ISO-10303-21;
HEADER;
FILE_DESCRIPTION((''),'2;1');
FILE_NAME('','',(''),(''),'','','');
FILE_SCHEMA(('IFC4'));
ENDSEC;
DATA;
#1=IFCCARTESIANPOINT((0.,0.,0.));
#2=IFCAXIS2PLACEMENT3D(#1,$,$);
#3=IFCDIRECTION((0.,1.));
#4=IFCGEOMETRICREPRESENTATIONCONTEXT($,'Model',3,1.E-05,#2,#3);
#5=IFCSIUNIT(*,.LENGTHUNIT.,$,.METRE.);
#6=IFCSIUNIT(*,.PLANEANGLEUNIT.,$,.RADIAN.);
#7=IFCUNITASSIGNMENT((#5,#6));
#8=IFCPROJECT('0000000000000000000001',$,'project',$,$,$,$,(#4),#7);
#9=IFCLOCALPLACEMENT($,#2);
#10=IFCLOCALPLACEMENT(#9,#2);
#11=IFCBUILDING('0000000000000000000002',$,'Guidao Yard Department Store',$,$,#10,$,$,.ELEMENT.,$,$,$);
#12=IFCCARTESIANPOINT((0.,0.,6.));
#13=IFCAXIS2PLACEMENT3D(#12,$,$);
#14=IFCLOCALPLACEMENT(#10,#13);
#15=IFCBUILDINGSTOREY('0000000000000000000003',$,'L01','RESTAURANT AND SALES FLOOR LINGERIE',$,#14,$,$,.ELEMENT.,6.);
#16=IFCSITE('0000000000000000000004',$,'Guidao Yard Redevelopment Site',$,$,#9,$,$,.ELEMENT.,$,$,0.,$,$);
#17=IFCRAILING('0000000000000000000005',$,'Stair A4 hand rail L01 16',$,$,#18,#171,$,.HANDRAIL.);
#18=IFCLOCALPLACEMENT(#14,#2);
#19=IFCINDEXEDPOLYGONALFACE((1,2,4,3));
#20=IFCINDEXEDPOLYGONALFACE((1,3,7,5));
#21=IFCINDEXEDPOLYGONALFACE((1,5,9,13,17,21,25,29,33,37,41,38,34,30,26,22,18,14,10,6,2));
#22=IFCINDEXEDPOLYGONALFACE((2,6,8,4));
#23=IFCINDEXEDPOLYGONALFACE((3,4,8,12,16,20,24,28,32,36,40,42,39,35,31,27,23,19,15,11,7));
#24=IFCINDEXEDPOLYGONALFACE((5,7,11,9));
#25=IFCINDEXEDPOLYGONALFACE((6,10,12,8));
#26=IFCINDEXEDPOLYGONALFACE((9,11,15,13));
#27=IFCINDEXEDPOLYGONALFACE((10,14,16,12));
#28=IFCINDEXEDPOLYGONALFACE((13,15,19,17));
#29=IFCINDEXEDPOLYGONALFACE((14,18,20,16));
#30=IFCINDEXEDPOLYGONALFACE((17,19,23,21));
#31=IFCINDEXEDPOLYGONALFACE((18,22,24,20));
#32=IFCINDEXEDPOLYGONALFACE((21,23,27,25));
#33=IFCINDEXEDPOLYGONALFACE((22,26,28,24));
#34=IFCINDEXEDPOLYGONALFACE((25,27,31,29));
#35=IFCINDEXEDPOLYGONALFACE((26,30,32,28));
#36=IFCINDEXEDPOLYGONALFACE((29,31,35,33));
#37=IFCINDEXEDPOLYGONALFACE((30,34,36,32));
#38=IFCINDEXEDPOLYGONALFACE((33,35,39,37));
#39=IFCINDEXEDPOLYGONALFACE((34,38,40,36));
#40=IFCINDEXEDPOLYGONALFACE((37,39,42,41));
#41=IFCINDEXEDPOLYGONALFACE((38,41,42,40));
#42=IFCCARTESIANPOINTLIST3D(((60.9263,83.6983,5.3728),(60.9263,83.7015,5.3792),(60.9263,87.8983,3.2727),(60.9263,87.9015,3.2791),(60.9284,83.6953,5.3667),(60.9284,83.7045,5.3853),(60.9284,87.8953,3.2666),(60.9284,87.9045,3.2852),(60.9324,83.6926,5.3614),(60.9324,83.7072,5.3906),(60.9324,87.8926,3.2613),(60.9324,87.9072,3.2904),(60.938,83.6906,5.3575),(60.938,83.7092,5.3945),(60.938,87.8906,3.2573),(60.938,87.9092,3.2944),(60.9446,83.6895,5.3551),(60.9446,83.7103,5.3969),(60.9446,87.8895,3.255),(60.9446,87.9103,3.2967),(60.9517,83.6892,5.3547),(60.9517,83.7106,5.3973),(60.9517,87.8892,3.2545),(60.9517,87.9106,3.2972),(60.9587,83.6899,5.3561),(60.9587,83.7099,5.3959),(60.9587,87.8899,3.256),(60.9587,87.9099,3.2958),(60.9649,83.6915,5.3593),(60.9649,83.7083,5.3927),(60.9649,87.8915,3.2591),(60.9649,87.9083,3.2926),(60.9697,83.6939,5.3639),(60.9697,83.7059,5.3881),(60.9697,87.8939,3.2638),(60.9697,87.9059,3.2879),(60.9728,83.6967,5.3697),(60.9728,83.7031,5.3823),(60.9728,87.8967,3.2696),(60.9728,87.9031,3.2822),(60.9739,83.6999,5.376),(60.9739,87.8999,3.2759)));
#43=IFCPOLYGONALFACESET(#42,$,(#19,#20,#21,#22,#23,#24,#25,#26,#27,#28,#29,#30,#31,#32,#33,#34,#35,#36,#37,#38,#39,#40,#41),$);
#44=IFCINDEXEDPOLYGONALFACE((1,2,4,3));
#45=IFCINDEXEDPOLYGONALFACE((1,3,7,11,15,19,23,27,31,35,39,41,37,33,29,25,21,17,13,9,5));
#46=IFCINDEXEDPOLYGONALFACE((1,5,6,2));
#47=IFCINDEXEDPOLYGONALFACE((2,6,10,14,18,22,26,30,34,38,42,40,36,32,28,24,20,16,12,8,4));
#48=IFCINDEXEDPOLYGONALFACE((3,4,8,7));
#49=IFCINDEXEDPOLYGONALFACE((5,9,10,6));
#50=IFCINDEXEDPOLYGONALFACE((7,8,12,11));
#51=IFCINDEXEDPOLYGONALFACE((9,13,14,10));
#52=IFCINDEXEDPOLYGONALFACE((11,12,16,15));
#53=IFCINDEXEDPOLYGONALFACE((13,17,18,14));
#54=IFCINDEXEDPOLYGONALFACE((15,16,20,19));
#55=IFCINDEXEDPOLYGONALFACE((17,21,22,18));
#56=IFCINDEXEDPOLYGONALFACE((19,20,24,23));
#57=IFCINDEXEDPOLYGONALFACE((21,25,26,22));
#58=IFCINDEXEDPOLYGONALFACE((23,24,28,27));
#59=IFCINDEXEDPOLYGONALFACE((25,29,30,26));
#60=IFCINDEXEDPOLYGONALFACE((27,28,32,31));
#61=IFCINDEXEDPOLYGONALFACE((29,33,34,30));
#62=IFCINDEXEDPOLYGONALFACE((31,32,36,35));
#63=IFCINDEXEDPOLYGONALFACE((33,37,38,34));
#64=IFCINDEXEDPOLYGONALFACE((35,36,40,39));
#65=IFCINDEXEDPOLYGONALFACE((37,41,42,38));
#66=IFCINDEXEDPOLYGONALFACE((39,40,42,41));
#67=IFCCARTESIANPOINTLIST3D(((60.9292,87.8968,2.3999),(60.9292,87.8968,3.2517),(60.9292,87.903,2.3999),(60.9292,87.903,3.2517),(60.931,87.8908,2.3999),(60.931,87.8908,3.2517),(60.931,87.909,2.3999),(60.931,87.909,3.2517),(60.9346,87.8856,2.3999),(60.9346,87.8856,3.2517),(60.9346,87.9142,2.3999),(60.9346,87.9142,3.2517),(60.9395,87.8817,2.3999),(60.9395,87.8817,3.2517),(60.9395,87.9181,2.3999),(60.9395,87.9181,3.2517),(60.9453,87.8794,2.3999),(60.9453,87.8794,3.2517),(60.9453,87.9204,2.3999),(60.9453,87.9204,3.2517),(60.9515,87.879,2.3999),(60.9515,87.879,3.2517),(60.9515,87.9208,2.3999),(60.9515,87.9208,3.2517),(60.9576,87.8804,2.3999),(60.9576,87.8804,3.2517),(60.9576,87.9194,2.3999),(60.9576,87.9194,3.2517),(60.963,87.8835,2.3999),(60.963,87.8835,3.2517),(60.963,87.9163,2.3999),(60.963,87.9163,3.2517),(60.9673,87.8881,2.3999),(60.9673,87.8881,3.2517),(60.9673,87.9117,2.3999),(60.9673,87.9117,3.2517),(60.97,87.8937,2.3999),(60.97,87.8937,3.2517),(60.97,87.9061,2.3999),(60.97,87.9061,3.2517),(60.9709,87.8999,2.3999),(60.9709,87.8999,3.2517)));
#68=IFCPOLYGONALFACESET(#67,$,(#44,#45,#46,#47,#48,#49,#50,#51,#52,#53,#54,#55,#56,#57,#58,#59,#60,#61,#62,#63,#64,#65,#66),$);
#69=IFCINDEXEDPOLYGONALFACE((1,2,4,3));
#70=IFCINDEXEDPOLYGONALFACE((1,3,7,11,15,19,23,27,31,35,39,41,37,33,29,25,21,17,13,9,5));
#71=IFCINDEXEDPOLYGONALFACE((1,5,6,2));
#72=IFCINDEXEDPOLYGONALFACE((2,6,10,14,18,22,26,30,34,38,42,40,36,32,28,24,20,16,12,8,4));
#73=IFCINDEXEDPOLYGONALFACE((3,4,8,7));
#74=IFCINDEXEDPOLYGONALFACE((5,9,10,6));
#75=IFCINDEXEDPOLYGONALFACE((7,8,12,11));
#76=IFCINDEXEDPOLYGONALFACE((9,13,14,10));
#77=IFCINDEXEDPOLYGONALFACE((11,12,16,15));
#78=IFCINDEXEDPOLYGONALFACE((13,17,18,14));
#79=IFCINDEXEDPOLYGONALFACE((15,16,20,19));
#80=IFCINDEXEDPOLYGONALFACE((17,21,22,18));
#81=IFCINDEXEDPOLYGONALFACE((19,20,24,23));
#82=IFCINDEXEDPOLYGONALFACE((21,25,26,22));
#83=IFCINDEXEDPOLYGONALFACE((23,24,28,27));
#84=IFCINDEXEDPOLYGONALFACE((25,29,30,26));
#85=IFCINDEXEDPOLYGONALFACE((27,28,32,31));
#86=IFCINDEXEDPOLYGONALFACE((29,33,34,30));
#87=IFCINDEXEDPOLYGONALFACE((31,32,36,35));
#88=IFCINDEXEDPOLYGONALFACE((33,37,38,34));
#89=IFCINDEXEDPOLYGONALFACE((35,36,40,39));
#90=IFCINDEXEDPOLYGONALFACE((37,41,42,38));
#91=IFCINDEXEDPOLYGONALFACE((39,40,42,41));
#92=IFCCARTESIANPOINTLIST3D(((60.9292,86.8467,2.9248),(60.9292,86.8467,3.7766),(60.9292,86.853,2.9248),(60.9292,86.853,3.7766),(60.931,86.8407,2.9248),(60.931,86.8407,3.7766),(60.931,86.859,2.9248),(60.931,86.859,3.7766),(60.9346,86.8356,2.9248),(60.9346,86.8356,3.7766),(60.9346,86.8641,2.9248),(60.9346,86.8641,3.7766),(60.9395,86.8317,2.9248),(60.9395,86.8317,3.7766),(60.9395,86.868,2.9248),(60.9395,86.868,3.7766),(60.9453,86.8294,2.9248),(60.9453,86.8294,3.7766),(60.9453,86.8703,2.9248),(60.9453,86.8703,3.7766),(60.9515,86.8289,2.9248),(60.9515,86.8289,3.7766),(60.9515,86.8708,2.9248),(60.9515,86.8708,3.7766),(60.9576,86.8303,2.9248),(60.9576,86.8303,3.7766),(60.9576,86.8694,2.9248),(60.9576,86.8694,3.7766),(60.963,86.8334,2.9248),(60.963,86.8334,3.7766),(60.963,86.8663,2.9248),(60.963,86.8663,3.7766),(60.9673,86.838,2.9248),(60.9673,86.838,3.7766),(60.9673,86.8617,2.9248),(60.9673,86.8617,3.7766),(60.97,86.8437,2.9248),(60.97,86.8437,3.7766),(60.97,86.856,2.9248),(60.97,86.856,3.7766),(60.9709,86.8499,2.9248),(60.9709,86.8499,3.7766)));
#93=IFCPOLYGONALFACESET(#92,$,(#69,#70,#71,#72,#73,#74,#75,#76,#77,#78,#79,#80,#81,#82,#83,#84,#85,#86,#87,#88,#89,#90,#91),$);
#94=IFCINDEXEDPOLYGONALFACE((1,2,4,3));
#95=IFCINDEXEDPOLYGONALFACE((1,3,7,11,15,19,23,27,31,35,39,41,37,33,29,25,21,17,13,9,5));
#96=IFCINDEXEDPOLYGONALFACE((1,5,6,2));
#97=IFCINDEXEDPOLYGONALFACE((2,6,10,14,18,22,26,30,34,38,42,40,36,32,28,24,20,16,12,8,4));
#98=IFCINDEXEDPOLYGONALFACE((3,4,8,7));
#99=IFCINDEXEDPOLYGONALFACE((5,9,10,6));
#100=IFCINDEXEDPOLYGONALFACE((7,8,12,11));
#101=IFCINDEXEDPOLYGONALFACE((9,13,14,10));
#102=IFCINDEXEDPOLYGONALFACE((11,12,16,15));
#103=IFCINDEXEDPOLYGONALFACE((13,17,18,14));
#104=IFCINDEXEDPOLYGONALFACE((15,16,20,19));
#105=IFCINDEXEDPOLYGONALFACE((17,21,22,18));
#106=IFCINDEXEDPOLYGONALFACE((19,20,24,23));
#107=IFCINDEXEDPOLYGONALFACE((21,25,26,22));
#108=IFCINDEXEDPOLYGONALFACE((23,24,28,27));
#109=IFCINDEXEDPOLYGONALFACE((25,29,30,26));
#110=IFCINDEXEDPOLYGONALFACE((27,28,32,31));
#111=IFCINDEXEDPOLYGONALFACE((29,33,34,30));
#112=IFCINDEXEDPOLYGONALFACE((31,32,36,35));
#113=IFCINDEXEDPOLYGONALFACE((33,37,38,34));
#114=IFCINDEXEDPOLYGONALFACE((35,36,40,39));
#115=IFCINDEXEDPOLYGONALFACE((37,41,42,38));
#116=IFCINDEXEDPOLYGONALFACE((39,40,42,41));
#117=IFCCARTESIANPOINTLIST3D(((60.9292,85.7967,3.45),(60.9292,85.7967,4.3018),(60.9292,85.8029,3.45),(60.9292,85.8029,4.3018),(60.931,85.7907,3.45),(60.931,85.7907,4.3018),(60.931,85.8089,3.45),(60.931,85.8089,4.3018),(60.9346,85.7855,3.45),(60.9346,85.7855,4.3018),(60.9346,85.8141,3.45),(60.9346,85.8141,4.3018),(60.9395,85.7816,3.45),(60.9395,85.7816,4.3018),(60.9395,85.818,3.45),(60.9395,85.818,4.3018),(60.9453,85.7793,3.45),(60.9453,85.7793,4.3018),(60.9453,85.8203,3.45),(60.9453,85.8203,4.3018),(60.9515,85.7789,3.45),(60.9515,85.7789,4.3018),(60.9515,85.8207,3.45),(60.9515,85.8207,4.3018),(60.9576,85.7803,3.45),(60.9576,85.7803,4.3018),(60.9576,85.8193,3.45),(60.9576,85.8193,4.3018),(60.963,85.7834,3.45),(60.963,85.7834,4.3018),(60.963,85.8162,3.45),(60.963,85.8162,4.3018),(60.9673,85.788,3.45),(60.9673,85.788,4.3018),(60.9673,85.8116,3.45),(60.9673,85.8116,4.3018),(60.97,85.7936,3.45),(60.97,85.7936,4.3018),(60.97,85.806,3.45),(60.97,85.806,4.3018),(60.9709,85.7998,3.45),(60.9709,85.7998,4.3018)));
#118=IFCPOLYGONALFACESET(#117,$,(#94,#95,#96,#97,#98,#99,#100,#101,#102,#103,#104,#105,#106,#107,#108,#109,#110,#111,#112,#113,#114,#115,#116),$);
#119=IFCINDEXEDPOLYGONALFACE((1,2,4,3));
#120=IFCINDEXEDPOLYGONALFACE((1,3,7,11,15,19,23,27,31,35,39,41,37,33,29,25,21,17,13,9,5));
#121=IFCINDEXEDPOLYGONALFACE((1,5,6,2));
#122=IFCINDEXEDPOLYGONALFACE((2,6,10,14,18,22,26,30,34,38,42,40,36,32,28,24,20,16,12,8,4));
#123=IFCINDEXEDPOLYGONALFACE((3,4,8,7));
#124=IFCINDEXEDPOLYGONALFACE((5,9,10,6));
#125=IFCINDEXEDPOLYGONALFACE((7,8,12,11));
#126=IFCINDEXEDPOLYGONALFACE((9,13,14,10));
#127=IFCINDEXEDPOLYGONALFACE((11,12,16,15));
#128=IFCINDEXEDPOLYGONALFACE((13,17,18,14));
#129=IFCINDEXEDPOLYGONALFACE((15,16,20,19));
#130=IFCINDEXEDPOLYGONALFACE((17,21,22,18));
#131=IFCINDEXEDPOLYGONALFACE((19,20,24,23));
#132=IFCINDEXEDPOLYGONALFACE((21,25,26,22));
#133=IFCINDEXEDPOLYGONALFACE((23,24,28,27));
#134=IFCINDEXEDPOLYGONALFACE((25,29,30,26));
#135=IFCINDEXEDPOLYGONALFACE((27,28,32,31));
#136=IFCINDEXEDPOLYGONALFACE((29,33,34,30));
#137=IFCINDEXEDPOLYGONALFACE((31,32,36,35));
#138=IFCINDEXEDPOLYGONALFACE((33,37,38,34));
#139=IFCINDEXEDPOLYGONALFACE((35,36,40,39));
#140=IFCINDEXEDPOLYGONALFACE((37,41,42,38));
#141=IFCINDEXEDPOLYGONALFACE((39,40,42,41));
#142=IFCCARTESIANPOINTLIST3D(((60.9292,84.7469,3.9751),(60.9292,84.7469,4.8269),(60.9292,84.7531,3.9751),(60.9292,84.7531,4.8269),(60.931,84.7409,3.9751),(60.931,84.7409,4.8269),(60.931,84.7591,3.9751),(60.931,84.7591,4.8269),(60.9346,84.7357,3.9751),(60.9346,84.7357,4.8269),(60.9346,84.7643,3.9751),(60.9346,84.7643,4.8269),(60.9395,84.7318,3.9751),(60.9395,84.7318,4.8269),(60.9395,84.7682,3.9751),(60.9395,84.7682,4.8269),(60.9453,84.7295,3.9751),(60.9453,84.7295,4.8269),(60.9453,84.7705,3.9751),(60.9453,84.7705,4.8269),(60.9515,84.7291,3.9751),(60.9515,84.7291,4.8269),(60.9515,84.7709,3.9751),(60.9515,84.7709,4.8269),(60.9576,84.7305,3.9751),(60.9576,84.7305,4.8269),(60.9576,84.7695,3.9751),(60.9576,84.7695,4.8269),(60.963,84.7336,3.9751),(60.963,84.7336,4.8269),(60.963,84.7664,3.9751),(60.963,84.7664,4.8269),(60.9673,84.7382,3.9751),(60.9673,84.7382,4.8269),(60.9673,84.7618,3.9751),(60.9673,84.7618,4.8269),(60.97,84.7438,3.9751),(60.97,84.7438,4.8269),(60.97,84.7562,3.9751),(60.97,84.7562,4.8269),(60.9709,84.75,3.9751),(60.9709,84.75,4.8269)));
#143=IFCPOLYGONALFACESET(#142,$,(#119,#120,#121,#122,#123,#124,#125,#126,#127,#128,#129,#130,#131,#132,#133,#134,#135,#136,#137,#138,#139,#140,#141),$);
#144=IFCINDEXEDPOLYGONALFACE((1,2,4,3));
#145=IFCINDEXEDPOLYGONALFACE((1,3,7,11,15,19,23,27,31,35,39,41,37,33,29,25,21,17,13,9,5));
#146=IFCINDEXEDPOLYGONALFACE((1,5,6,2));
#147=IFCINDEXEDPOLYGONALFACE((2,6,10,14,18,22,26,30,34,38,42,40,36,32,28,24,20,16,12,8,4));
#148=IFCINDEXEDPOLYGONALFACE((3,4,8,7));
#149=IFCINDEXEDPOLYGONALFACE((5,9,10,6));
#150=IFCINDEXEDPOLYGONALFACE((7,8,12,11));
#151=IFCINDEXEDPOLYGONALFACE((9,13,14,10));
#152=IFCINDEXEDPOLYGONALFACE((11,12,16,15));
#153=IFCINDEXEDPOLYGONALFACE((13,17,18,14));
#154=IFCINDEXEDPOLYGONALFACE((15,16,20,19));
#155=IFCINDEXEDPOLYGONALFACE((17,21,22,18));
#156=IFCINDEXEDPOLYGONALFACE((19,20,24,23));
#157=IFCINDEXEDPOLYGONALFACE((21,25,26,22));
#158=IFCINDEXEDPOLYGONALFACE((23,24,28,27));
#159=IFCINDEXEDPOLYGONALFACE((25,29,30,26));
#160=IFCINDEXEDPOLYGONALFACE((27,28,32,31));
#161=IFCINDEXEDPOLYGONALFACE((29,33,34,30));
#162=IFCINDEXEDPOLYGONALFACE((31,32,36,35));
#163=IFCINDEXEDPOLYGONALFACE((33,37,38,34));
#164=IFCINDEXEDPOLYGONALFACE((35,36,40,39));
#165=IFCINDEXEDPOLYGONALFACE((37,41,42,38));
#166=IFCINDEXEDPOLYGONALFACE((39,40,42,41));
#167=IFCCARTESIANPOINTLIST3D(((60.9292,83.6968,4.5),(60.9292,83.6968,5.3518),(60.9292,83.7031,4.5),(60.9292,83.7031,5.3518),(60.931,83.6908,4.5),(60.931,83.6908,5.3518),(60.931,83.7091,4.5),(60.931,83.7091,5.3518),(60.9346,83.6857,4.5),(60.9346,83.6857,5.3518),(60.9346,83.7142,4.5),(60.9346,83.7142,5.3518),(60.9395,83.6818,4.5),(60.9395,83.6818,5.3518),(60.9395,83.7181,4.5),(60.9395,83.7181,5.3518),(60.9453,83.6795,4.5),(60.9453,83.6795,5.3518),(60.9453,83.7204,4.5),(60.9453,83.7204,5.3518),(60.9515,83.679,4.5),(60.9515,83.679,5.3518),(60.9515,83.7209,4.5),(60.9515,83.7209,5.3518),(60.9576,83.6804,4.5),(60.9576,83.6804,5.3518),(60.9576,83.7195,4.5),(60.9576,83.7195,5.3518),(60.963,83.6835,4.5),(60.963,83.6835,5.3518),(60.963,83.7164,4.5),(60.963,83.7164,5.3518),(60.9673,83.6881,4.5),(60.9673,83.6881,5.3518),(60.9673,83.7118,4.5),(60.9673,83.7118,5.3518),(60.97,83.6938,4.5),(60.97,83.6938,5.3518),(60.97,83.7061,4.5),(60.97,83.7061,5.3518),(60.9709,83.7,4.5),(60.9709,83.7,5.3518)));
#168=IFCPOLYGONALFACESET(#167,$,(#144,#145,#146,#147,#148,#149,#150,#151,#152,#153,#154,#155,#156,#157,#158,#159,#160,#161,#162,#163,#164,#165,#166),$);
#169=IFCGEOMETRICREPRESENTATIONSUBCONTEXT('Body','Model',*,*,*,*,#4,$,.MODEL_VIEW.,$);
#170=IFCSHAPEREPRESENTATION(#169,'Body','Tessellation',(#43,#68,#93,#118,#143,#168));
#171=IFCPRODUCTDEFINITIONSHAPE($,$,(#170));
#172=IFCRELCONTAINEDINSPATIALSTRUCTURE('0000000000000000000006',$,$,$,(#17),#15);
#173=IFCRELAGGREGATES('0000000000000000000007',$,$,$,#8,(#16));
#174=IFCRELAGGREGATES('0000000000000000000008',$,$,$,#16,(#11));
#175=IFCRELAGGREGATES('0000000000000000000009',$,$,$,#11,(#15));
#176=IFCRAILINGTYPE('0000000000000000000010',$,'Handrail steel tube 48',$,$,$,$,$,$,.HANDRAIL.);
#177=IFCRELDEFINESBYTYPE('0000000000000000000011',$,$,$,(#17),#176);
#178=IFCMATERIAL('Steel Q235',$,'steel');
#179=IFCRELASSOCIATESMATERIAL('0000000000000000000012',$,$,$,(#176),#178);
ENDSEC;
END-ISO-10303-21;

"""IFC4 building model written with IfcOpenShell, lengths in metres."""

from ifc_helpers import new_model, si_unit, direction, frame, origin, origin_2d, place, context, subcontext, project, spatial, circle, extrude, material, type_object, element, save


model = new_model("IFC4")

# Units and contexts
model_context = context("Model", 3, precision=1e-05, world=origin(), true_north=direction((0.0, 1.0)))
body_context = subcontext(model_context, "Body", "Model", "MODEL_VIEW")
ifc_project = project(units=[si_unit("LENGTHUNIT", "METRE"), si_unit("PLANEANGLEUNIT", "RADIAN")], contexts=[model_context])

# Site, building, storey
site_placement = place(None, origin())
site = spatial("IfcSite", under=ifc_project, at=site_placement, Name="Guidao Yard Redevelopment Site", CompositionType="ELEMENT", RefElevation=0.0)
building_placement = place(site_placement, origin())
building = spatial("IfcBuilding", under=site, at=building_placement, Name="Guidao Yard Department Store", CompositionType="ELEMENT")
storey_placement = place(building_placement, frame((0.0, 0.0, 6.0)))
storey = spatial("IfcBuildingStorey", under=building, at=storey_placement, Name="L01", Description="RESTAURANT AND SALES FLOOR LINGERIE", CompositionType="ELEMENT", Elevation=6.0)

# Railing
ifc_material_1 = material(Name="Steel Q235", Category="steel")
railing_type_1 = type_object("IfcRailingType", Name="Handrail steel tube 48", PredefinedType="HANDRAIL", material=ifc_material_1)
for number, where, name in (
    (1, (60.95, 87.8999, 2.3999), "Stair A4 hand rail L01 16"),
):
    element("IfcRailing", number, at=place(storey_placement, frame(where)), inside=storey, type_object=railing_type_1, Name=name, PredefinedType="HANDRAIL", context=body_context, shape_type="SweptSolid", body=[
        extrude(circle(Radius=0.0239, at=origin_2d()), frame((0.0, 0.0, 0.876), z_axis=(0.0, -0.894417, 0.447234), x_axis=(1.0, 0.0, 0.0)), (0.0, 0.0, 1.0), 4.6958),
        extrude(circle(Radius=0.021, at=origin_2d()), origin(), (0.0, 0.0, 1.0), 0.8518),
        extrude(circle(Radius=0.021, at=origin_2d()), frame((0.0, -1.05, 0.5249)), (0.0, 0.0, 1.0), 0.8518),
        extrude(circle(Radius=0.021, at=origin_2d()), frame((0.0, -2.1001, 1.05)), (0.0, 0.0, 1.0), 0.8518),
        extrude(circle(Radius=0.021, at=origin_2d()), frame((0.0, -3.1499, 1.5752)), (0.0, 0.0, 1.0), 0.8518),
        extrude(circle(Radius=0.021, at=origin_2d()), frame((0.0, -4.2, 2.1001)), (0.0, 0.0, 1.0), 0.8518),
    ])

save(model, "model.ifc")
